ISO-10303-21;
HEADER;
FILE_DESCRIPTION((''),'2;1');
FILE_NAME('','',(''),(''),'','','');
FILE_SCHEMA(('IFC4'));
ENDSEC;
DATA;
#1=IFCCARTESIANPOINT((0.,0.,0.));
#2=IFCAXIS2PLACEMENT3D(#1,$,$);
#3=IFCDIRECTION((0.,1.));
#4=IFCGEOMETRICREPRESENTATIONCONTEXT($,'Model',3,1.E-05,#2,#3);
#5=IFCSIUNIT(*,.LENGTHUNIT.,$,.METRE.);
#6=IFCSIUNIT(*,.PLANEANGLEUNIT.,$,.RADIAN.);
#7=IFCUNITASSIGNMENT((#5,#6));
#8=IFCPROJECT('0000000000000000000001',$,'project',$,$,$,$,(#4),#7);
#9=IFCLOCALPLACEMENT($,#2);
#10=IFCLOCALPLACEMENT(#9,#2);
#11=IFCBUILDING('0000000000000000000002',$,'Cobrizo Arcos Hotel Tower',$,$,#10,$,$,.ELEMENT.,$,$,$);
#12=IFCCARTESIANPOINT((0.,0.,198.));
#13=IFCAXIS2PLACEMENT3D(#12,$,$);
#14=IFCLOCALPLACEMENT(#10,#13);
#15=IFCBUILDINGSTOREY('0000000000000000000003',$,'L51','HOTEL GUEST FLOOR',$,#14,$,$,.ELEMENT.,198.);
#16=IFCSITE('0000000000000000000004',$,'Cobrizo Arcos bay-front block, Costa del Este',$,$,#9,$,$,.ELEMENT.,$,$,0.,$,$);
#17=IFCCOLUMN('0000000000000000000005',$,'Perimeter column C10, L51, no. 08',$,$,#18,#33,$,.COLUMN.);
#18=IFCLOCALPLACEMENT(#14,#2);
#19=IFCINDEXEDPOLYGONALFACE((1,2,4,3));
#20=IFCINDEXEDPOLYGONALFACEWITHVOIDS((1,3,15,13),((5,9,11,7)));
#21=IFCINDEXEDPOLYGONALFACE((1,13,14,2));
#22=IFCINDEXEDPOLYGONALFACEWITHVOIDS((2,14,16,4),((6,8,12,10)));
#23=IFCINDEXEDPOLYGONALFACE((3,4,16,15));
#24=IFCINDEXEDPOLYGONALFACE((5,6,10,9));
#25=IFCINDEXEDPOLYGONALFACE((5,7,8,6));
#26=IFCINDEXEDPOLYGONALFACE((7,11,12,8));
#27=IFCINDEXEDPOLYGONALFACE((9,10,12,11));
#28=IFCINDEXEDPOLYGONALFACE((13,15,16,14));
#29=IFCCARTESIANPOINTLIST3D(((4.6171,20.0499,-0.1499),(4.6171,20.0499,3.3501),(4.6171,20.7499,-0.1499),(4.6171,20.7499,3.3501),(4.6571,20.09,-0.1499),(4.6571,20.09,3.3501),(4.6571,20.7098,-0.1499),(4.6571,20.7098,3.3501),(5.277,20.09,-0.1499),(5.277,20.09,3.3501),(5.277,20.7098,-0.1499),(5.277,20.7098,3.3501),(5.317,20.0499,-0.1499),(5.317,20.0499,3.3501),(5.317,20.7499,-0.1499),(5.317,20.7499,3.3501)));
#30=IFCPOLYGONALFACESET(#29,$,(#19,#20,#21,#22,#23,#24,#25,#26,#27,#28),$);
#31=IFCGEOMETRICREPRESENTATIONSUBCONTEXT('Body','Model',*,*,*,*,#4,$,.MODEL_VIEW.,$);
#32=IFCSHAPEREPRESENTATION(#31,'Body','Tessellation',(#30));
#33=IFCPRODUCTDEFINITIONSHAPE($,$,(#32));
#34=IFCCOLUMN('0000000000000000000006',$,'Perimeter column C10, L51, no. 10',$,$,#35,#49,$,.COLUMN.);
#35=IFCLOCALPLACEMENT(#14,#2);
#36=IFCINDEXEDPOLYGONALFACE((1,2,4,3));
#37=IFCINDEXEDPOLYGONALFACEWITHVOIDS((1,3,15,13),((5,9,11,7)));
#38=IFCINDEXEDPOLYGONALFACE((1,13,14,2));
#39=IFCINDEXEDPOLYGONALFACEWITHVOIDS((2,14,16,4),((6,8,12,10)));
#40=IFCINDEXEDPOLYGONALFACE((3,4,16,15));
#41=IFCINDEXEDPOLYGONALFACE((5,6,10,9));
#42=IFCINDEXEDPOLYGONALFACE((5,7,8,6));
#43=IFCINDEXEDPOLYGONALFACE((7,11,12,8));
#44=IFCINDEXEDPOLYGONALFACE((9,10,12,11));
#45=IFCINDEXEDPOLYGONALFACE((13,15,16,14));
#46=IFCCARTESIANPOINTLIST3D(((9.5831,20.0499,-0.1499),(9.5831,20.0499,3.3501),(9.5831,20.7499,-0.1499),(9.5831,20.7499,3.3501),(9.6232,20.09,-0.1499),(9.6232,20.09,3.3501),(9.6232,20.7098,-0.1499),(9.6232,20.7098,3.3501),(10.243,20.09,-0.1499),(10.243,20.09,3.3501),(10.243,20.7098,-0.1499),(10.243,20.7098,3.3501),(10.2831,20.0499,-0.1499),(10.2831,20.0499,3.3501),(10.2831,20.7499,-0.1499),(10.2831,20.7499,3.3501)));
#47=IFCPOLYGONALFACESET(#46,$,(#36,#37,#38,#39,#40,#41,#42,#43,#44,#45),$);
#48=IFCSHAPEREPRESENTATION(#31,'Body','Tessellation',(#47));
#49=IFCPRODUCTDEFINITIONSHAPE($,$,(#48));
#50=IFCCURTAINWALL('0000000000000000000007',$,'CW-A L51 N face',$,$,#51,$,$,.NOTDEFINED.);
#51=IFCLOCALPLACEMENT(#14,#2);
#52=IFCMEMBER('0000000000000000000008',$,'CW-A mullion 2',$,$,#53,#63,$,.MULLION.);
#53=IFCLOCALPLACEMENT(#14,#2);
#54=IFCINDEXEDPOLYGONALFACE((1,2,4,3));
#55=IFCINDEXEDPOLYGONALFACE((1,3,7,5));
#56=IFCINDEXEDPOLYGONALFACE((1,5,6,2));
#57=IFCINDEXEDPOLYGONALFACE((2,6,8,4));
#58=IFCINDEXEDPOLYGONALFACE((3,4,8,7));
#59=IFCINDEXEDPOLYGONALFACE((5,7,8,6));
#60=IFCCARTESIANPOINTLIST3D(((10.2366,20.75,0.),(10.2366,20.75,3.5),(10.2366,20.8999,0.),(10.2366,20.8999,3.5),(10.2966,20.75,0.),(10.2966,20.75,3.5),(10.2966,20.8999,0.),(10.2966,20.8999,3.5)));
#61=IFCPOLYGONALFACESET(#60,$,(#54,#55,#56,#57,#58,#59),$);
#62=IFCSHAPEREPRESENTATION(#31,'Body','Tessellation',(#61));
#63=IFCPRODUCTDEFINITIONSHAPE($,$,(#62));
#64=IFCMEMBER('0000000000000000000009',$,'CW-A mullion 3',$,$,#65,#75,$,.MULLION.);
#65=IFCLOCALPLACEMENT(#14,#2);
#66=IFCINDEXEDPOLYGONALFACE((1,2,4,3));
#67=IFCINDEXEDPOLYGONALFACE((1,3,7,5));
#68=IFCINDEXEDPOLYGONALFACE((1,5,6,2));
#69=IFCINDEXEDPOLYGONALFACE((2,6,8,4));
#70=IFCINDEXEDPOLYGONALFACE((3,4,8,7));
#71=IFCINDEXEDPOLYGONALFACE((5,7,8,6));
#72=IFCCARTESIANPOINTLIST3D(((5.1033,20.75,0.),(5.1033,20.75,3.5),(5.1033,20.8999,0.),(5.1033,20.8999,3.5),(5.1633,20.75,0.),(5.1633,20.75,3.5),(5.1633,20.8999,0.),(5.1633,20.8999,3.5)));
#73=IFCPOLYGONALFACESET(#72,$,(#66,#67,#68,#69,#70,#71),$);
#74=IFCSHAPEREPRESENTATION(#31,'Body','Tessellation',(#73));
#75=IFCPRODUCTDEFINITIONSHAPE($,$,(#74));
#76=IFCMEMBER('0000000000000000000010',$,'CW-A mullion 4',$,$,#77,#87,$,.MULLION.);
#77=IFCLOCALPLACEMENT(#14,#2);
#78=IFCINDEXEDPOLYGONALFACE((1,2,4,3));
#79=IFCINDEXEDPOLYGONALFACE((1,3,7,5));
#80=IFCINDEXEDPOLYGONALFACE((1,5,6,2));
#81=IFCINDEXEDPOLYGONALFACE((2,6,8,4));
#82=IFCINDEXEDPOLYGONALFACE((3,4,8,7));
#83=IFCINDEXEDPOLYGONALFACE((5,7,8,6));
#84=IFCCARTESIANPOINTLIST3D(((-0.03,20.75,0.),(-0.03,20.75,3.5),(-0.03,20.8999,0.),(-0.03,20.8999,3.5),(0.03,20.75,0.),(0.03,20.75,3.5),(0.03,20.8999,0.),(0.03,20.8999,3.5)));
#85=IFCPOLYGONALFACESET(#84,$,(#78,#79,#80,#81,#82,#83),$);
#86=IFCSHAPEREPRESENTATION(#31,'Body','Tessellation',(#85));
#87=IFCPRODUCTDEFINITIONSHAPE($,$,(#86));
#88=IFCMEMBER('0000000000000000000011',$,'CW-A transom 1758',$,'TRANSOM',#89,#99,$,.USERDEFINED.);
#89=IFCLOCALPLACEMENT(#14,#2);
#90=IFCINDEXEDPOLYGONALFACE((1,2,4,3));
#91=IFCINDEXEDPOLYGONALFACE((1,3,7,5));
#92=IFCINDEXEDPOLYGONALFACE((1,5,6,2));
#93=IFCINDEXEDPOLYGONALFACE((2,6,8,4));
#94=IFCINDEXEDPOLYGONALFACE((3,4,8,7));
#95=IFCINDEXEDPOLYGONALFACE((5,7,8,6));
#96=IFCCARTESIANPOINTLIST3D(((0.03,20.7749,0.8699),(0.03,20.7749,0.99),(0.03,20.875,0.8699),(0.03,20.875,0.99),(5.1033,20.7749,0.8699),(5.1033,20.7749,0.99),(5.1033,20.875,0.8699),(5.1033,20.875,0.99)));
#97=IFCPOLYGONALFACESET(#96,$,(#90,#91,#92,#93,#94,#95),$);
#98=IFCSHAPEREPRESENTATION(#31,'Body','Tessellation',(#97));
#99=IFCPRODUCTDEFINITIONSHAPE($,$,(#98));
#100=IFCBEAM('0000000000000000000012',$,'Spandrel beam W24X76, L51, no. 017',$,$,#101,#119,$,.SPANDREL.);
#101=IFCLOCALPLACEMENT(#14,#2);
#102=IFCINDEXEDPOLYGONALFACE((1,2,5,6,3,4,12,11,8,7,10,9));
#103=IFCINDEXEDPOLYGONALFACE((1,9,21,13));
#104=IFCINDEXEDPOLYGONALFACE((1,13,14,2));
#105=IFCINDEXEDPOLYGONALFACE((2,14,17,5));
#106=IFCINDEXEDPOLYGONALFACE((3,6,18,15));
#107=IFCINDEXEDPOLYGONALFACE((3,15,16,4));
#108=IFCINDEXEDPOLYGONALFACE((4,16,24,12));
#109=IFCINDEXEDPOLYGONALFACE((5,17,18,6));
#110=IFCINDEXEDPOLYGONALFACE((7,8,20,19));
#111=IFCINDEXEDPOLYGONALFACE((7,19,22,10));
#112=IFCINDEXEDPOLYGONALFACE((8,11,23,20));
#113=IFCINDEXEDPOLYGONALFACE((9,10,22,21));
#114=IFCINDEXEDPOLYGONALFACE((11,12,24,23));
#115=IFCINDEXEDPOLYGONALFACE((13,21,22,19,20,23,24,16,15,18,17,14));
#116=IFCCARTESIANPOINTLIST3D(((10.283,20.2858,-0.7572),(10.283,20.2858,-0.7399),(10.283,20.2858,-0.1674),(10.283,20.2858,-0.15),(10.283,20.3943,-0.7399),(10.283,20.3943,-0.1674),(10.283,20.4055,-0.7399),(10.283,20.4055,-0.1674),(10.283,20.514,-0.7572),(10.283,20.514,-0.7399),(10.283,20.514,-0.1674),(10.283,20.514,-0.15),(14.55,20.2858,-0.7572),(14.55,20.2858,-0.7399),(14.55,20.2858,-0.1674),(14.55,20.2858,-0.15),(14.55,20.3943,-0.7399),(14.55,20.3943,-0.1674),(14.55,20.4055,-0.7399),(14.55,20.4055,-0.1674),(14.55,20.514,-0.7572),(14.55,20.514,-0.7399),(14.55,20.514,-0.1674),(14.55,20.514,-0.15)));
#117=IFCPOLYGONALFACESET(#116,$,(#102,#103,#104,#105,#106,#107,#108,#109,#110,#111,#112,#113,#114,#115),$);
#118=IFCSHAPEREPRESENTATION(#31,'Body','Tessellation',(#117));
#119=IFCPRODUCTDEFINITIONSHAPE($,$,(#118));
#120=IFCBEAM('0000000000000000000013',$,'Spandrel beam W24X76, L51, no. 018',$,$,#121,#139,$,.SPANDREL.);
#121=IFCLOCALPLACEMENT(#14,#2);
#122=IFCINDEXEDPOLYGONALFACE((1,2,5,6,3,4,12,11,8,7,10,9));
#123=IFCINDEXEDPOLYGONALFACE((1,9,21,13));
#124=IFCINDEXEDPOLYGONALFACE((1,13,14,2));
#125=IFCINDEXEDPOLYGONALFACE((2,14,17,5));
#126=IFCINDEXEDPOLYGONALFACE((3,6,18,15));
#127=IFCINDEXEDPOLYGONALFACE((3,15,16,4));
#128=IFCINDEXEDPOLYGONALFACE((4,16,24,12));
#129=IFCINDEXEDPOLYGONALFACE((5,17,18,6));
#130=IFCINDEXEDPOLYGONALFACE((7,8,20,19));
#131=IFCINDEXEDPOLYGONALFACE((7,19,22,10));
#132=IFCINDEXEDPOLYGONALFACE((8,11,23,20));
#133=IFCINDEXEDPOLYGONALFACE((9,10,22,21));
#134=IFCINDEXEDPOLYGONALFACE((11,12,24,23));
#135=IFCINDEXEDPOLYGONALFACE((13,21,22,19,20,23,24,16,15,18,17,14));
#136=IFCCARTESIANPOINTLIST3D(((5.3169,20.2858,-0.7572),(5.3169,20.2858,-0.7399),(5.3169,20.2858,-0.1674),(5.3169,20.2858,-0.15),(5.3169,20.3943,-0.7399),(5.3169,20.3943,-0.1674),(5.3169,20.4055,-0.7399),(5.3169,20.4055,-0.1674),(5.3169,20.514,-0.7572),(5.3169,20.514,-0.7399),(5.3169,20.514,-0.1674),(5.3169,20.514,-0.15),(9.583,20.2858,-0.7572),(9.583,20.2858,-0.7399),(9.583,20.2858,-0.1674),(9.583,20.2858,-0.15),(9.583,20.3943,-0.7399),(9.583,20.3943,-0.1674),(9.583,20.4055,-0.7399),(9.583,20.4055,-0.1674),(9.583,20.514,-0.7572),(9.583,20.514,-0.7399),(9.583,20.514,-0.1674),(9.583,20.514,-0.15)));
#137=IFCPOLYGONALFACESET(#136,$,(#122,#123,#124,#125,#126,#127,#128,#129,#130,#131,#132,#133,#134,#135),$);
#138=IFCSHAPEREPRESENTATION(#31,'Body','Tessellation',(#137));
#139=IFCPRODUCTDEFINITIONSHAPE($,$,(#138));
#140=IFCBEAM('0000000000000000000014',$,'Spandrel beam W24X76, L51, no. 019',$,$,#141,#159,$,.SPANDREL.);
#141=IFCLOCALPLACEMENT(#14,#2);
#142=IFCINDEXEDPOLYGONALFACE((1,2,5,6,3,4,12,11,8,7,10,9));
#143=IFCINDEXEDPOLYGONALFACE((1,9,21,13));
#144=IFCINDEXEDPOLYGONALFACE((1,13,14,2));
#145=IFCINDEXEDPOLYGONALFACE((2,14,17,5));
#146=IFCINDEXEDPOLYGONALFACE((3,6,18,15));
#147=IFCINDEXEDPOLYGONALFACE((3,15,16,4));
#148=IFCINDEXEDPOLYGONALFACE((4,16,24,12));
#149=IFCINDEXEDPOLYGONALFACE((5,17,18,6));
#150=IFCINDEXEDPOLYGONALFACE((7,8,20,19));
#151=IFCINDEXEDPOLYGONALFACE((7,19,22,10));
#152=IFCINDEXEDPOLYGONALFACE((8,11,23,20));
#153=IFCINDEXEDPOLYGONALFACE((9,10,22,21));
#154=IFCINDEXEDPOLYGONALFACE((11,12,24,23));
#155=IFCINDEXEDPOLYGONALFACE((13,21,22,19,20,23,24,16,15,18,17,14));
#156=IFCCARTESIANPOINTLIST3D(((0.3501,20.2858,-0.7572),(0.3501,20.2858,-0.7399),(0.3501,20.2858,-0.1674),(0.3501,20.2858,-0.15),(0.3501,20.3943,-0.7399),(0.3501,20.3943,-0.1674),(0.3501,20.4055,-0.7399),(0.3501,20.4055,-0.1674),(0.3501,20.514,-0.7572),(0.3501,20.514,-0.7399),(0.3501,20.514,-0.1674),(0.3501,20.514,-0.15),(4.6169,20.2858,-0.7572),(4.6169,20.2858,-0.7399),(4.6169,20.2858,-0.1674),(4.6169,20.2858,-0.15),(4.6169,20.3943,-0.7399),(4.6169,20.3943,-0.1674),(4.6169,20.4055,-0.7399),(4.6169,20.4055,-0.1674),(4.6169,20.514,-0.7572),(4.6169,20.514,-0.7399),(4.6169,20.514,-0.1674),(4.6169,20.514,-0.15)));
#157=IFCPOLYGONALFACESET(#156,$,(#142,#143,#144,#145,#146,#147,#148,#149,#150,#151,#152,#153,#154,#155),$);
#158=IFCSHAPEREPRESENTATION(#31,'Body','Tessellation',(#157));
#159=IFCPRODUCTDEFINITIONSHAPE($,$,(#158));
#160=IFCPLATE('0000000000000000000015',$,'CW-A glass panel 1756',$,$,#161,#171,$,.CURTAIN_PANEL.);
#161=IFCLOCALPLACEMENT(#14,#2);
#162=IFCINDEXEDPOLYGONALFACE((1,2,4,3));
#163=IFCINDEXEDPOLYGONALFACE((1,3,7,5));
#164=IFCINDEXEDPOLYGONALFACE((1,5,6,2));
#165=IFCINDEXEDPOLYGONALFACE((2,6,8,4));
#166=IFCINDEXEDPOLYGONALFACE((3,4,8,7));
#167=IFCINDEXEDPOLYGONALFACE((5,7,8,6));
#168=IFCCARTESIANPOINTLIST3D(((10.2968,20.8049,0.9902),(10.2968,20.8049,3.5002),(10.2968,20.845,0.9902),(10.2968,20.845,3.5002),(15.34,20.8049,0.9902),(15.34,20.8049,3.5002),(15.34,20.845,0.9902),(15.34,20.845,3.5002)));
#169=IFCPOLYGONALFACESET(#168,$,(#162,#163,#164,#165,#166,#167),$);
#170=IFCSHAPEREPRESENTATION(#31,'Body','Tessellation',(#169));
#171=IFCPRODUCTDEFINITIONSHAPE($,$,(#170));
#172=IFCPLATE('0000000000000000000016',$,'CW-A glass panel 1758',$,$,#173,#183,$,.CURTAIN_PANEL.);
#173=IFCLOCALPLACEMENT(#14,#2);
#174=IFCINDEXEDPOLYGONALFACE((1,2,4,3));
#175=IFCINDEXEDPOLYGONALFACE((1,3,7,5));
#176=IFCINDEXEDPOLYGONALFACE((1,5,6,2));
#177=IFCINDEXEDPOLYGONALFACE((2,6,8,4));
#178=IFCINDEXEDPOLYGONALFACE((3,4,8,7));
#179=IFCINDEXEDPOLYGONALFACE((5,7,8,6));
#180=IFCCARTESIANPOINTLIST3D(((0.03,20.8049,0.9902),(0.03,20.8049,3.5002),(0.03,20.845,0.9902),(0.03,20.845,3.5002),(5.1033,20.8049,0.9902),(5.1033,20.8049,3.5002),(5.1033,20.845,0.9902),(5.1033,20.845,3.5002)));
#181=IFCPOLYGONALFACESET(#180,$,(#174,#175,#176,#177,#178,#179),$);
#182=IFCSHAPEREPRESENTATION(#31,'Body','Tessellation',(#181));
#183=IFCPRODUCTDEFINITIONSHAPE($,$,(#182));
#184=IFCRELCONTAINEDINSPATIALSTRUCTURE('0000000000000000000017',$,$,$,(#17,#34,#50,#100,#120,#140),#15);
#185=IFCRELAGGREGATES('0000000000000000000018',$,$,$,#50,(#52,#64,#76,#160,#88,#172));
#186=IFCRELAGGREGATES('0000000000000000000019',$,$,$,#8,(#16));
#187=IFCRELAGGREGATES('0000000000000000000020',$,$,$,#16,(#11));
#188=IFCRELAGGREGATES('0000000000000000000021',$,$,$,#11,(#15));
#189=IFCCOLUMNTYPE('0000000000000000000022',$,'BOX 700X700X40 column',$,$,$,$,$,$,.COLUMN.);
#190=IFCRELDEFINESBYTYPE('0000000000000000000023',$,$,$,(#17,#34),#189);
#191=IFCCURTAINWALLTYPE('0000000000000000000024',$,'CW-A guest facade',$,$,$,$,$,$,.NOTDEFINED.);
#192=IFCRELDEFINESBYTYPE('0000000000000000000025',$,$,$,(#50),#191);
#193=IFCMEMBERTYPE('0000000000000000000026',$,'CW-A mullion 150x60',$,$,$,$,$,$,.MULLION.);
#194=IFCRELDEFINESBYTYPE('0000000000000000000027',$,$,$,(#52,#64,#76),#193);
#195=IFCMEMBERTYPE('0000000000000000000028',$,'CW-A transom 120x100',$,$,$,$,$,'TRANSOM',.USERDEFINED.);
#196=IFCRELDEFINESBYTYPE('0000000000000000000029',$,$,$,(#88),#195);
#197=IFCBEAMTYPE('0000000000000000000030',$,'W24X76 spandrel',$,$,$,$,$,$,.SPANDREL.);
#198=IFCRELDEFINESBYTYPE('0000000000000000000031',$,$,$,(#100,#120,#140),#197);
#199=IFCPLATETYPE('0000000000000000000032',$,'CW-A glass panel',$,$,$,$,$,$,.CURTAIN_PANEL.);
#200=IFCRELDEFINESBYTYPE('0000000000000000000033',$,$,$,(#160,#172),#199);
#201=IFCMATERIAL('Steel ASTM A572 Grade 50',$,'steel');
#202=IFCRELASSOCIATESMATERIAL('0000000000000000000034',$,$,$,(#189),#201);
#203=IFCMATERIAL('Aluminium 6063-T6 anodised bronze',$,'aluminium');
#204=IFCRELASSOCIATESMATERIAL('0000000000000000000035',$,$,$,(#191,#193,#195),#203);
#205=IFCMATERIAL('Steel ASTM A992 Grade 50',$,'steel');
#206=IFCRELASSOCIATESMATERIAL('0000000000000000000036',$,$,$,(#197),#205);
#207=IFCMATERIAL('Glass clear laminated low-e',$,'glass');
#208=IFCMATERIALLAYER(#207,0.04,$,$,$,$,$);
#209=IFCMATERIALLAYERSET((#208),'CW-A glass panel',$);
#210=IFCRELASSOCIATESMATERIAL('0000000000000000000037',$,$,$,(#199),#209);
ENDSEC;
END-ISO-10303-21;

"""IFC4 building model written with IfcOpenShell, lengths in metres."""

from ifc_helpers import new_model, si_unit, direction, frame, origin, origin_2d, place, context, subcontext, project, spatial, rectangle, hollow_rectangle, i_section, extrude, material, layer, layer_set, material_profile, profile_set, type_object, element, aggregate, save


model = new_model("IFC4")

# Units and contexts
model_context = context("Model", 3, precision=1e-05, world=origin(), true_north=direction((0.0, 1.0)))
body_context = subcontext(model_context, "Body", "Model", "MODEL_VIEW")
ifc_project = project(units=[si_unit("LENGTHUNIT", "METRE"), si_unit("PLANEANGLEUNIT", "RADIAN")], contexts=[model_context])

# Site, building, storey
site_placement = place(None, origin())
site = spatial("IfcSite", under=ifc_project, at=site_placement, Name="Cobrizo Arcos bay-front block, Costa del Este", CompositionType="ELEMENT", RefElevation=0.0)
building_placement = place(site_placement, origin())
building = spatial("IfcBuilding", under=site, at=building_placement, Name="Cobrizo Arcos Hotel Tower", CompositionType="ELEMENT")
storey_placement = place(building_placement, frame((0.0, 0.0, 198.0)))
storey = spatial("IfcBuildingStorey", under=building, at=storey_placement, Name="L51", Description="HOTEL GUEST FLOOR", CompositionType="ELEMENT", Elevation=198.0)

# Columns
ifc_material_1 = material(Name="Steel ASTM A572 Grade 50", Category="steel")
ifc_material_profile_1 = material_profile(ifc_material_1, hollow_rectangle(XDim=0.7, YDim=0.7, WallThickness=0.04, at=origin_2d()), Name="BOX 700X700X40")
ifc_profile_set_1 = profile_set([ifc_material_profile_1], Name="Steel ASTM A572 Grade 50")
column_type = type_object("IfcColumnType", Name="BOX 700X700X40 column", PredefinedType="COLUMN", material=ifc_profile_set_1)
for number, where, z_axis, x_axis, name in (
    (1, (4.967, 20.3999, -0.1499), (0.0, 0.0, 1.0), (1.0, 0.0, 0.0), "Perimeter column C10, L51, no. 08"),
    (2, (9.9331, 20.3999, -0.1499), (0.0, 0.0, 1.0), (1.0, 0.0, 0.0), "Perimeter column C10, L51, no. 10"),
):
    element("IfcColumn", number, at=place(storey_placement, frame(where, z_axis=z_axis, x_axis=x_axis)), inside=storey, type_object=column_type, Name=name, PredefinedType="COLUMN", context=body_context, shape_type="SweptSolid", body=[
        extrude(hollow_rectangle(XDim=0.7, YDim=0.7, WallThickness=0.04, at=origin_2d()), origin(), (0.0, 0.0, 1.0), 3.5),
    ])

# Curtain wall, members
ifc_material_2 = material(Name="Aluminium 6063-T6 anodised bronze", Category="aluminium")
curtain_wall_type = type_object("IfcCurtainWallType", Name="CW-A guest facade", PredefinedType="NOTDEFINED", material=ifc_material_2)
curtain_wall_placement = place(storey_placement, origin())
curtain_wall = element("IfcCurtainWall", 3, at=curtain_wall_placement, inside=storey, type_object=curtain_wall_type, Name="CW-A L51 N face", PredefinedType="NOTDEFINED")
ifc_material_profile_2 = material_profile(ifc_material_2, rectangle(XDim=0.1499, YDim=0.0601, at=origin_2d()), Name="CW-A mullion 150x60")
ifc_profile_set_2 = profile_set([ifc_material_profile_2], Name="Aluminium 6063-T6 anodised bronze")
member_type_1 = type_object("IfcMemberType", Name="CW-A mullion 150x60", PredefinedType="MULLION", material=ifc_profile_set_2)
member_1_placement = place(storey_placement, frame((10.2666, 20.825, 0.0), z_axis=(0.0, 0.0, 1.0), x_axis=(0.0, 1.0, 0.0)))
member_1 = element("IfcMember", 4, at=member_1_placement, type_object=member_type_1, Name="CW-A mullion 2", PredefinedType="MULLION", context=body_context, shape_type="SweptSolid", body=[
    extrude(rectangle(XDim=0.1499, YDim=0.0601, at=origin_2d()), origin(), (0.0, 0.0, 1.0), 3.5),
])
member_2_placement = place(storey_placement, frame((5.1333, 20.825, 0.0), z_axis=(0.0, 0.0, 1.0), x_axis=(0.0, 1.0, 0.0)))
member_2 = element("IfcMember", 5, at=member_2_placement, type_object=member_type_1, Name="CW-A mullion 3", PredefinedType="MULLION", context=body_context, shape_type="SweptSolid", body=[
    extrude(rectangle(XDim=0.1499, YDim=0.0601, at=origin_2d()), origin(), (0.0, 0.0, 1.0), 3.5),
])
member_3_placement = place(storey_placement, frame((0.0, 20.825, 0.0), z_axis=(0.0, 0.0, 1.0), x_axis=(0.0, 1.0, 0.0)))
member_3 = element("IfcMember", 6, at=member_3_placement, type_object=member_type_1, Name="CW-A mullion 4", PredefinedType="MULLION", context=body_context, shape_type="SweptSolid", body=[
    extrude(rectangle(XDim=0.1499, YDim=0.0601, at=origin_2d()), origin(), (0.0, 0.0, 1.0), 3.5),
])
ifc_material_profile_3 = material_profile(ifc_material_2, rectangle(XDim=0.1001, YDim=0.1201, at=origin_2d()), Name="CW-A transom 120x100")
ifc_profile_set_3 = profile_set([ifc_material_profile_3], Name="Aluminium 6063-T6 anodised bronze")
member_type_2 = type_object("IfcMemberType", Name="CW-A transom 120x100", ElementType="TRANSOM", PredefinedType="USERDEFINED", material=ifc_profile_set_3)
member_4_placement = place(storey_placement, frame((5.1033, 20.825, 0.9299), z_axis=(-1.0, 0.0, 0.0), x_axis=(0.0, -1.0, 0.0)))
member_4 = element("IfcMember", 7, at=member_4_placement, type_object=member_type_2, Name="CW-A transom 1758", ObjectType="TRANSOM", PredefinedType="USERDEFINED", context=body_context, shape_type="SweptSolid", body=[
    extrude(rectangle(XDim=0.1001, YDim=0.1201, at=origin_2d()), origin(), (0.0, 0.0, 1.0), 5.0732),
])

# Beams
ifc_material_3 = material(Name="Steel ASTM A992 Grade 50", Category="steel")
ifc_material_profile_4 = material_profile(ifc_material_3, i_section(OverallWidth=0.2283, OverallDepth=0.6072, WebThickness=0.0112, FlangeThickness=0.0173, at=origin_2d()), Name="W24X76")
ifc_profile_set_4 = profile_set([ifc_material_profile_4], Name="Steel ASTM A992 Grade 50")
beam_type = type_object("IfcBeamType", Name="W24X76 spandrel", PredefinedType="SPANDREL", material=ifc_profile_set_4)
beam_1_placement = place(storey_placement, frame((14.55, 20.3999, -0.4536), z_axis=(-1.0, 0.0, 0.0), x_axis=(0.0, -1.0, 0.0)))
element("IfcBeam", 8, at=beam_1_placement, inside=storey, type_object=beam_type, Name="Spandrel beam W24X76, L51, no. 017", PredefinedType="SPANDREL", context=body_context, shape_type="SweptSolid", body=[
    extrude(i_section(OverallWidth=0.2283, OverallDepth=0.6072, WebThickness=0.0112, FlangeThickness=0.0173, at=origin_2d()), origin(), (0.0, 0.0, 1.0), 4.2671),
])
beam_2_placement = place(storey_placement, frame((9.583, 20.3999, -0.4536), z_axis=(-1.0, 0.0, 0.0), x_axis=(0.0, -1.0, 0.0)))
element("IfcBeam", 9, at=beam_2_placement, inside=storey, type_object=beam_type, Name="Spandrel beam W24X76, L51, no. 018", PredefinedType="SPANDREL", context=body_context, shape_type="SweptSolid", body=[
    extrude(i_section(OverallWidth=0.2283, OverallDepth=0.6072, WebThickness=0.0112, FlangeThickness=0.0173, at=origin_2d()), origin(), (0.0, 0.0, 1.0), 4.2661),
])
beam_3_placement = place(storey_placement, frame((4.6169, 20.3999, -0.4536), z_axis=(-1.0, 0.0, 0.0), x_axis=(0.0, -1.0, 0.0)))
element("IfcBeam", 10, at=beam_3_placement, inside=storey, type_object=beam_type, Name="Spandrel beam W24X76, L51, no. 019", PredefinedType="SPANDREL", context=body_context, shape_type="SweptSolid", body=[
    extrude(i_section(OverallWidth=0.2283, OverallDepth=0.6072, WebThickness=0.0112, FlangeThickness=0.0173, at=origin_2d()), origin(), (0.0, 0.0, 1.0), 4.2668),
])

# Plates
ifc_material_4 = material(Name="Glass clear laminated low-e", Category="glass")
ifc_layer_1 = layer(ifc_material_4, 0.04)
ifc_layer_set_1 = layer_set([ifc_layer_1], Name="CW-A glass panel")
plate_type_1 = type_object("IfcPlateType", Name="CW-A glass panel", PredefinedType="CURTAIN_PANEL", material=ifc_layer_set_1)
plate_1_placement = place(storey_placement, frame((12.8184, 20.825, 0.9902), z_axis=(0.0, 0.0, 1.0), x_axis=(-1.0, 0.0, 0.0)))
plate_1 = element("IfcPlate", 11, at=plate_1_placement, type_object=plate_type_1, Name="CW-A glass panel 1756", PredefinedType="CURTAIN_PANEL", context=body_context, shape_type="SweptSolid", body=[
    extrude(rectangle(XDim=5.0432, YDim=0.04, at=origin_2d()), origin(), (0.0, 0.0, 1.0), 2.51),
])
plate_2_placement = place(storey_placement, frame((2.5667, 20.825, 0.9902), z_axis=(0.0, 0.0, 1.0), x_axis=(-1.0, 0.0, 0.0)))
plate_2 = element("IfcPlate", 12, at=plate_2_placement, type_object=plate_type_1, Name="CW-A glass panel 1758", PredefinedType="CURTAIN_PANEL", context=body_context, shape_type="SweptSolid", body=[
    extrude(rectangle(XDim=5.0732, YDim=0.04, at=origin_2d()), origin(), (0.0, 0.0, 1.0), 2.51),
])
aggregate(curtain_wall, [member_1, member_2, member_3, plate_1, member_4, plate_2])

save(model, "model.ifc")
